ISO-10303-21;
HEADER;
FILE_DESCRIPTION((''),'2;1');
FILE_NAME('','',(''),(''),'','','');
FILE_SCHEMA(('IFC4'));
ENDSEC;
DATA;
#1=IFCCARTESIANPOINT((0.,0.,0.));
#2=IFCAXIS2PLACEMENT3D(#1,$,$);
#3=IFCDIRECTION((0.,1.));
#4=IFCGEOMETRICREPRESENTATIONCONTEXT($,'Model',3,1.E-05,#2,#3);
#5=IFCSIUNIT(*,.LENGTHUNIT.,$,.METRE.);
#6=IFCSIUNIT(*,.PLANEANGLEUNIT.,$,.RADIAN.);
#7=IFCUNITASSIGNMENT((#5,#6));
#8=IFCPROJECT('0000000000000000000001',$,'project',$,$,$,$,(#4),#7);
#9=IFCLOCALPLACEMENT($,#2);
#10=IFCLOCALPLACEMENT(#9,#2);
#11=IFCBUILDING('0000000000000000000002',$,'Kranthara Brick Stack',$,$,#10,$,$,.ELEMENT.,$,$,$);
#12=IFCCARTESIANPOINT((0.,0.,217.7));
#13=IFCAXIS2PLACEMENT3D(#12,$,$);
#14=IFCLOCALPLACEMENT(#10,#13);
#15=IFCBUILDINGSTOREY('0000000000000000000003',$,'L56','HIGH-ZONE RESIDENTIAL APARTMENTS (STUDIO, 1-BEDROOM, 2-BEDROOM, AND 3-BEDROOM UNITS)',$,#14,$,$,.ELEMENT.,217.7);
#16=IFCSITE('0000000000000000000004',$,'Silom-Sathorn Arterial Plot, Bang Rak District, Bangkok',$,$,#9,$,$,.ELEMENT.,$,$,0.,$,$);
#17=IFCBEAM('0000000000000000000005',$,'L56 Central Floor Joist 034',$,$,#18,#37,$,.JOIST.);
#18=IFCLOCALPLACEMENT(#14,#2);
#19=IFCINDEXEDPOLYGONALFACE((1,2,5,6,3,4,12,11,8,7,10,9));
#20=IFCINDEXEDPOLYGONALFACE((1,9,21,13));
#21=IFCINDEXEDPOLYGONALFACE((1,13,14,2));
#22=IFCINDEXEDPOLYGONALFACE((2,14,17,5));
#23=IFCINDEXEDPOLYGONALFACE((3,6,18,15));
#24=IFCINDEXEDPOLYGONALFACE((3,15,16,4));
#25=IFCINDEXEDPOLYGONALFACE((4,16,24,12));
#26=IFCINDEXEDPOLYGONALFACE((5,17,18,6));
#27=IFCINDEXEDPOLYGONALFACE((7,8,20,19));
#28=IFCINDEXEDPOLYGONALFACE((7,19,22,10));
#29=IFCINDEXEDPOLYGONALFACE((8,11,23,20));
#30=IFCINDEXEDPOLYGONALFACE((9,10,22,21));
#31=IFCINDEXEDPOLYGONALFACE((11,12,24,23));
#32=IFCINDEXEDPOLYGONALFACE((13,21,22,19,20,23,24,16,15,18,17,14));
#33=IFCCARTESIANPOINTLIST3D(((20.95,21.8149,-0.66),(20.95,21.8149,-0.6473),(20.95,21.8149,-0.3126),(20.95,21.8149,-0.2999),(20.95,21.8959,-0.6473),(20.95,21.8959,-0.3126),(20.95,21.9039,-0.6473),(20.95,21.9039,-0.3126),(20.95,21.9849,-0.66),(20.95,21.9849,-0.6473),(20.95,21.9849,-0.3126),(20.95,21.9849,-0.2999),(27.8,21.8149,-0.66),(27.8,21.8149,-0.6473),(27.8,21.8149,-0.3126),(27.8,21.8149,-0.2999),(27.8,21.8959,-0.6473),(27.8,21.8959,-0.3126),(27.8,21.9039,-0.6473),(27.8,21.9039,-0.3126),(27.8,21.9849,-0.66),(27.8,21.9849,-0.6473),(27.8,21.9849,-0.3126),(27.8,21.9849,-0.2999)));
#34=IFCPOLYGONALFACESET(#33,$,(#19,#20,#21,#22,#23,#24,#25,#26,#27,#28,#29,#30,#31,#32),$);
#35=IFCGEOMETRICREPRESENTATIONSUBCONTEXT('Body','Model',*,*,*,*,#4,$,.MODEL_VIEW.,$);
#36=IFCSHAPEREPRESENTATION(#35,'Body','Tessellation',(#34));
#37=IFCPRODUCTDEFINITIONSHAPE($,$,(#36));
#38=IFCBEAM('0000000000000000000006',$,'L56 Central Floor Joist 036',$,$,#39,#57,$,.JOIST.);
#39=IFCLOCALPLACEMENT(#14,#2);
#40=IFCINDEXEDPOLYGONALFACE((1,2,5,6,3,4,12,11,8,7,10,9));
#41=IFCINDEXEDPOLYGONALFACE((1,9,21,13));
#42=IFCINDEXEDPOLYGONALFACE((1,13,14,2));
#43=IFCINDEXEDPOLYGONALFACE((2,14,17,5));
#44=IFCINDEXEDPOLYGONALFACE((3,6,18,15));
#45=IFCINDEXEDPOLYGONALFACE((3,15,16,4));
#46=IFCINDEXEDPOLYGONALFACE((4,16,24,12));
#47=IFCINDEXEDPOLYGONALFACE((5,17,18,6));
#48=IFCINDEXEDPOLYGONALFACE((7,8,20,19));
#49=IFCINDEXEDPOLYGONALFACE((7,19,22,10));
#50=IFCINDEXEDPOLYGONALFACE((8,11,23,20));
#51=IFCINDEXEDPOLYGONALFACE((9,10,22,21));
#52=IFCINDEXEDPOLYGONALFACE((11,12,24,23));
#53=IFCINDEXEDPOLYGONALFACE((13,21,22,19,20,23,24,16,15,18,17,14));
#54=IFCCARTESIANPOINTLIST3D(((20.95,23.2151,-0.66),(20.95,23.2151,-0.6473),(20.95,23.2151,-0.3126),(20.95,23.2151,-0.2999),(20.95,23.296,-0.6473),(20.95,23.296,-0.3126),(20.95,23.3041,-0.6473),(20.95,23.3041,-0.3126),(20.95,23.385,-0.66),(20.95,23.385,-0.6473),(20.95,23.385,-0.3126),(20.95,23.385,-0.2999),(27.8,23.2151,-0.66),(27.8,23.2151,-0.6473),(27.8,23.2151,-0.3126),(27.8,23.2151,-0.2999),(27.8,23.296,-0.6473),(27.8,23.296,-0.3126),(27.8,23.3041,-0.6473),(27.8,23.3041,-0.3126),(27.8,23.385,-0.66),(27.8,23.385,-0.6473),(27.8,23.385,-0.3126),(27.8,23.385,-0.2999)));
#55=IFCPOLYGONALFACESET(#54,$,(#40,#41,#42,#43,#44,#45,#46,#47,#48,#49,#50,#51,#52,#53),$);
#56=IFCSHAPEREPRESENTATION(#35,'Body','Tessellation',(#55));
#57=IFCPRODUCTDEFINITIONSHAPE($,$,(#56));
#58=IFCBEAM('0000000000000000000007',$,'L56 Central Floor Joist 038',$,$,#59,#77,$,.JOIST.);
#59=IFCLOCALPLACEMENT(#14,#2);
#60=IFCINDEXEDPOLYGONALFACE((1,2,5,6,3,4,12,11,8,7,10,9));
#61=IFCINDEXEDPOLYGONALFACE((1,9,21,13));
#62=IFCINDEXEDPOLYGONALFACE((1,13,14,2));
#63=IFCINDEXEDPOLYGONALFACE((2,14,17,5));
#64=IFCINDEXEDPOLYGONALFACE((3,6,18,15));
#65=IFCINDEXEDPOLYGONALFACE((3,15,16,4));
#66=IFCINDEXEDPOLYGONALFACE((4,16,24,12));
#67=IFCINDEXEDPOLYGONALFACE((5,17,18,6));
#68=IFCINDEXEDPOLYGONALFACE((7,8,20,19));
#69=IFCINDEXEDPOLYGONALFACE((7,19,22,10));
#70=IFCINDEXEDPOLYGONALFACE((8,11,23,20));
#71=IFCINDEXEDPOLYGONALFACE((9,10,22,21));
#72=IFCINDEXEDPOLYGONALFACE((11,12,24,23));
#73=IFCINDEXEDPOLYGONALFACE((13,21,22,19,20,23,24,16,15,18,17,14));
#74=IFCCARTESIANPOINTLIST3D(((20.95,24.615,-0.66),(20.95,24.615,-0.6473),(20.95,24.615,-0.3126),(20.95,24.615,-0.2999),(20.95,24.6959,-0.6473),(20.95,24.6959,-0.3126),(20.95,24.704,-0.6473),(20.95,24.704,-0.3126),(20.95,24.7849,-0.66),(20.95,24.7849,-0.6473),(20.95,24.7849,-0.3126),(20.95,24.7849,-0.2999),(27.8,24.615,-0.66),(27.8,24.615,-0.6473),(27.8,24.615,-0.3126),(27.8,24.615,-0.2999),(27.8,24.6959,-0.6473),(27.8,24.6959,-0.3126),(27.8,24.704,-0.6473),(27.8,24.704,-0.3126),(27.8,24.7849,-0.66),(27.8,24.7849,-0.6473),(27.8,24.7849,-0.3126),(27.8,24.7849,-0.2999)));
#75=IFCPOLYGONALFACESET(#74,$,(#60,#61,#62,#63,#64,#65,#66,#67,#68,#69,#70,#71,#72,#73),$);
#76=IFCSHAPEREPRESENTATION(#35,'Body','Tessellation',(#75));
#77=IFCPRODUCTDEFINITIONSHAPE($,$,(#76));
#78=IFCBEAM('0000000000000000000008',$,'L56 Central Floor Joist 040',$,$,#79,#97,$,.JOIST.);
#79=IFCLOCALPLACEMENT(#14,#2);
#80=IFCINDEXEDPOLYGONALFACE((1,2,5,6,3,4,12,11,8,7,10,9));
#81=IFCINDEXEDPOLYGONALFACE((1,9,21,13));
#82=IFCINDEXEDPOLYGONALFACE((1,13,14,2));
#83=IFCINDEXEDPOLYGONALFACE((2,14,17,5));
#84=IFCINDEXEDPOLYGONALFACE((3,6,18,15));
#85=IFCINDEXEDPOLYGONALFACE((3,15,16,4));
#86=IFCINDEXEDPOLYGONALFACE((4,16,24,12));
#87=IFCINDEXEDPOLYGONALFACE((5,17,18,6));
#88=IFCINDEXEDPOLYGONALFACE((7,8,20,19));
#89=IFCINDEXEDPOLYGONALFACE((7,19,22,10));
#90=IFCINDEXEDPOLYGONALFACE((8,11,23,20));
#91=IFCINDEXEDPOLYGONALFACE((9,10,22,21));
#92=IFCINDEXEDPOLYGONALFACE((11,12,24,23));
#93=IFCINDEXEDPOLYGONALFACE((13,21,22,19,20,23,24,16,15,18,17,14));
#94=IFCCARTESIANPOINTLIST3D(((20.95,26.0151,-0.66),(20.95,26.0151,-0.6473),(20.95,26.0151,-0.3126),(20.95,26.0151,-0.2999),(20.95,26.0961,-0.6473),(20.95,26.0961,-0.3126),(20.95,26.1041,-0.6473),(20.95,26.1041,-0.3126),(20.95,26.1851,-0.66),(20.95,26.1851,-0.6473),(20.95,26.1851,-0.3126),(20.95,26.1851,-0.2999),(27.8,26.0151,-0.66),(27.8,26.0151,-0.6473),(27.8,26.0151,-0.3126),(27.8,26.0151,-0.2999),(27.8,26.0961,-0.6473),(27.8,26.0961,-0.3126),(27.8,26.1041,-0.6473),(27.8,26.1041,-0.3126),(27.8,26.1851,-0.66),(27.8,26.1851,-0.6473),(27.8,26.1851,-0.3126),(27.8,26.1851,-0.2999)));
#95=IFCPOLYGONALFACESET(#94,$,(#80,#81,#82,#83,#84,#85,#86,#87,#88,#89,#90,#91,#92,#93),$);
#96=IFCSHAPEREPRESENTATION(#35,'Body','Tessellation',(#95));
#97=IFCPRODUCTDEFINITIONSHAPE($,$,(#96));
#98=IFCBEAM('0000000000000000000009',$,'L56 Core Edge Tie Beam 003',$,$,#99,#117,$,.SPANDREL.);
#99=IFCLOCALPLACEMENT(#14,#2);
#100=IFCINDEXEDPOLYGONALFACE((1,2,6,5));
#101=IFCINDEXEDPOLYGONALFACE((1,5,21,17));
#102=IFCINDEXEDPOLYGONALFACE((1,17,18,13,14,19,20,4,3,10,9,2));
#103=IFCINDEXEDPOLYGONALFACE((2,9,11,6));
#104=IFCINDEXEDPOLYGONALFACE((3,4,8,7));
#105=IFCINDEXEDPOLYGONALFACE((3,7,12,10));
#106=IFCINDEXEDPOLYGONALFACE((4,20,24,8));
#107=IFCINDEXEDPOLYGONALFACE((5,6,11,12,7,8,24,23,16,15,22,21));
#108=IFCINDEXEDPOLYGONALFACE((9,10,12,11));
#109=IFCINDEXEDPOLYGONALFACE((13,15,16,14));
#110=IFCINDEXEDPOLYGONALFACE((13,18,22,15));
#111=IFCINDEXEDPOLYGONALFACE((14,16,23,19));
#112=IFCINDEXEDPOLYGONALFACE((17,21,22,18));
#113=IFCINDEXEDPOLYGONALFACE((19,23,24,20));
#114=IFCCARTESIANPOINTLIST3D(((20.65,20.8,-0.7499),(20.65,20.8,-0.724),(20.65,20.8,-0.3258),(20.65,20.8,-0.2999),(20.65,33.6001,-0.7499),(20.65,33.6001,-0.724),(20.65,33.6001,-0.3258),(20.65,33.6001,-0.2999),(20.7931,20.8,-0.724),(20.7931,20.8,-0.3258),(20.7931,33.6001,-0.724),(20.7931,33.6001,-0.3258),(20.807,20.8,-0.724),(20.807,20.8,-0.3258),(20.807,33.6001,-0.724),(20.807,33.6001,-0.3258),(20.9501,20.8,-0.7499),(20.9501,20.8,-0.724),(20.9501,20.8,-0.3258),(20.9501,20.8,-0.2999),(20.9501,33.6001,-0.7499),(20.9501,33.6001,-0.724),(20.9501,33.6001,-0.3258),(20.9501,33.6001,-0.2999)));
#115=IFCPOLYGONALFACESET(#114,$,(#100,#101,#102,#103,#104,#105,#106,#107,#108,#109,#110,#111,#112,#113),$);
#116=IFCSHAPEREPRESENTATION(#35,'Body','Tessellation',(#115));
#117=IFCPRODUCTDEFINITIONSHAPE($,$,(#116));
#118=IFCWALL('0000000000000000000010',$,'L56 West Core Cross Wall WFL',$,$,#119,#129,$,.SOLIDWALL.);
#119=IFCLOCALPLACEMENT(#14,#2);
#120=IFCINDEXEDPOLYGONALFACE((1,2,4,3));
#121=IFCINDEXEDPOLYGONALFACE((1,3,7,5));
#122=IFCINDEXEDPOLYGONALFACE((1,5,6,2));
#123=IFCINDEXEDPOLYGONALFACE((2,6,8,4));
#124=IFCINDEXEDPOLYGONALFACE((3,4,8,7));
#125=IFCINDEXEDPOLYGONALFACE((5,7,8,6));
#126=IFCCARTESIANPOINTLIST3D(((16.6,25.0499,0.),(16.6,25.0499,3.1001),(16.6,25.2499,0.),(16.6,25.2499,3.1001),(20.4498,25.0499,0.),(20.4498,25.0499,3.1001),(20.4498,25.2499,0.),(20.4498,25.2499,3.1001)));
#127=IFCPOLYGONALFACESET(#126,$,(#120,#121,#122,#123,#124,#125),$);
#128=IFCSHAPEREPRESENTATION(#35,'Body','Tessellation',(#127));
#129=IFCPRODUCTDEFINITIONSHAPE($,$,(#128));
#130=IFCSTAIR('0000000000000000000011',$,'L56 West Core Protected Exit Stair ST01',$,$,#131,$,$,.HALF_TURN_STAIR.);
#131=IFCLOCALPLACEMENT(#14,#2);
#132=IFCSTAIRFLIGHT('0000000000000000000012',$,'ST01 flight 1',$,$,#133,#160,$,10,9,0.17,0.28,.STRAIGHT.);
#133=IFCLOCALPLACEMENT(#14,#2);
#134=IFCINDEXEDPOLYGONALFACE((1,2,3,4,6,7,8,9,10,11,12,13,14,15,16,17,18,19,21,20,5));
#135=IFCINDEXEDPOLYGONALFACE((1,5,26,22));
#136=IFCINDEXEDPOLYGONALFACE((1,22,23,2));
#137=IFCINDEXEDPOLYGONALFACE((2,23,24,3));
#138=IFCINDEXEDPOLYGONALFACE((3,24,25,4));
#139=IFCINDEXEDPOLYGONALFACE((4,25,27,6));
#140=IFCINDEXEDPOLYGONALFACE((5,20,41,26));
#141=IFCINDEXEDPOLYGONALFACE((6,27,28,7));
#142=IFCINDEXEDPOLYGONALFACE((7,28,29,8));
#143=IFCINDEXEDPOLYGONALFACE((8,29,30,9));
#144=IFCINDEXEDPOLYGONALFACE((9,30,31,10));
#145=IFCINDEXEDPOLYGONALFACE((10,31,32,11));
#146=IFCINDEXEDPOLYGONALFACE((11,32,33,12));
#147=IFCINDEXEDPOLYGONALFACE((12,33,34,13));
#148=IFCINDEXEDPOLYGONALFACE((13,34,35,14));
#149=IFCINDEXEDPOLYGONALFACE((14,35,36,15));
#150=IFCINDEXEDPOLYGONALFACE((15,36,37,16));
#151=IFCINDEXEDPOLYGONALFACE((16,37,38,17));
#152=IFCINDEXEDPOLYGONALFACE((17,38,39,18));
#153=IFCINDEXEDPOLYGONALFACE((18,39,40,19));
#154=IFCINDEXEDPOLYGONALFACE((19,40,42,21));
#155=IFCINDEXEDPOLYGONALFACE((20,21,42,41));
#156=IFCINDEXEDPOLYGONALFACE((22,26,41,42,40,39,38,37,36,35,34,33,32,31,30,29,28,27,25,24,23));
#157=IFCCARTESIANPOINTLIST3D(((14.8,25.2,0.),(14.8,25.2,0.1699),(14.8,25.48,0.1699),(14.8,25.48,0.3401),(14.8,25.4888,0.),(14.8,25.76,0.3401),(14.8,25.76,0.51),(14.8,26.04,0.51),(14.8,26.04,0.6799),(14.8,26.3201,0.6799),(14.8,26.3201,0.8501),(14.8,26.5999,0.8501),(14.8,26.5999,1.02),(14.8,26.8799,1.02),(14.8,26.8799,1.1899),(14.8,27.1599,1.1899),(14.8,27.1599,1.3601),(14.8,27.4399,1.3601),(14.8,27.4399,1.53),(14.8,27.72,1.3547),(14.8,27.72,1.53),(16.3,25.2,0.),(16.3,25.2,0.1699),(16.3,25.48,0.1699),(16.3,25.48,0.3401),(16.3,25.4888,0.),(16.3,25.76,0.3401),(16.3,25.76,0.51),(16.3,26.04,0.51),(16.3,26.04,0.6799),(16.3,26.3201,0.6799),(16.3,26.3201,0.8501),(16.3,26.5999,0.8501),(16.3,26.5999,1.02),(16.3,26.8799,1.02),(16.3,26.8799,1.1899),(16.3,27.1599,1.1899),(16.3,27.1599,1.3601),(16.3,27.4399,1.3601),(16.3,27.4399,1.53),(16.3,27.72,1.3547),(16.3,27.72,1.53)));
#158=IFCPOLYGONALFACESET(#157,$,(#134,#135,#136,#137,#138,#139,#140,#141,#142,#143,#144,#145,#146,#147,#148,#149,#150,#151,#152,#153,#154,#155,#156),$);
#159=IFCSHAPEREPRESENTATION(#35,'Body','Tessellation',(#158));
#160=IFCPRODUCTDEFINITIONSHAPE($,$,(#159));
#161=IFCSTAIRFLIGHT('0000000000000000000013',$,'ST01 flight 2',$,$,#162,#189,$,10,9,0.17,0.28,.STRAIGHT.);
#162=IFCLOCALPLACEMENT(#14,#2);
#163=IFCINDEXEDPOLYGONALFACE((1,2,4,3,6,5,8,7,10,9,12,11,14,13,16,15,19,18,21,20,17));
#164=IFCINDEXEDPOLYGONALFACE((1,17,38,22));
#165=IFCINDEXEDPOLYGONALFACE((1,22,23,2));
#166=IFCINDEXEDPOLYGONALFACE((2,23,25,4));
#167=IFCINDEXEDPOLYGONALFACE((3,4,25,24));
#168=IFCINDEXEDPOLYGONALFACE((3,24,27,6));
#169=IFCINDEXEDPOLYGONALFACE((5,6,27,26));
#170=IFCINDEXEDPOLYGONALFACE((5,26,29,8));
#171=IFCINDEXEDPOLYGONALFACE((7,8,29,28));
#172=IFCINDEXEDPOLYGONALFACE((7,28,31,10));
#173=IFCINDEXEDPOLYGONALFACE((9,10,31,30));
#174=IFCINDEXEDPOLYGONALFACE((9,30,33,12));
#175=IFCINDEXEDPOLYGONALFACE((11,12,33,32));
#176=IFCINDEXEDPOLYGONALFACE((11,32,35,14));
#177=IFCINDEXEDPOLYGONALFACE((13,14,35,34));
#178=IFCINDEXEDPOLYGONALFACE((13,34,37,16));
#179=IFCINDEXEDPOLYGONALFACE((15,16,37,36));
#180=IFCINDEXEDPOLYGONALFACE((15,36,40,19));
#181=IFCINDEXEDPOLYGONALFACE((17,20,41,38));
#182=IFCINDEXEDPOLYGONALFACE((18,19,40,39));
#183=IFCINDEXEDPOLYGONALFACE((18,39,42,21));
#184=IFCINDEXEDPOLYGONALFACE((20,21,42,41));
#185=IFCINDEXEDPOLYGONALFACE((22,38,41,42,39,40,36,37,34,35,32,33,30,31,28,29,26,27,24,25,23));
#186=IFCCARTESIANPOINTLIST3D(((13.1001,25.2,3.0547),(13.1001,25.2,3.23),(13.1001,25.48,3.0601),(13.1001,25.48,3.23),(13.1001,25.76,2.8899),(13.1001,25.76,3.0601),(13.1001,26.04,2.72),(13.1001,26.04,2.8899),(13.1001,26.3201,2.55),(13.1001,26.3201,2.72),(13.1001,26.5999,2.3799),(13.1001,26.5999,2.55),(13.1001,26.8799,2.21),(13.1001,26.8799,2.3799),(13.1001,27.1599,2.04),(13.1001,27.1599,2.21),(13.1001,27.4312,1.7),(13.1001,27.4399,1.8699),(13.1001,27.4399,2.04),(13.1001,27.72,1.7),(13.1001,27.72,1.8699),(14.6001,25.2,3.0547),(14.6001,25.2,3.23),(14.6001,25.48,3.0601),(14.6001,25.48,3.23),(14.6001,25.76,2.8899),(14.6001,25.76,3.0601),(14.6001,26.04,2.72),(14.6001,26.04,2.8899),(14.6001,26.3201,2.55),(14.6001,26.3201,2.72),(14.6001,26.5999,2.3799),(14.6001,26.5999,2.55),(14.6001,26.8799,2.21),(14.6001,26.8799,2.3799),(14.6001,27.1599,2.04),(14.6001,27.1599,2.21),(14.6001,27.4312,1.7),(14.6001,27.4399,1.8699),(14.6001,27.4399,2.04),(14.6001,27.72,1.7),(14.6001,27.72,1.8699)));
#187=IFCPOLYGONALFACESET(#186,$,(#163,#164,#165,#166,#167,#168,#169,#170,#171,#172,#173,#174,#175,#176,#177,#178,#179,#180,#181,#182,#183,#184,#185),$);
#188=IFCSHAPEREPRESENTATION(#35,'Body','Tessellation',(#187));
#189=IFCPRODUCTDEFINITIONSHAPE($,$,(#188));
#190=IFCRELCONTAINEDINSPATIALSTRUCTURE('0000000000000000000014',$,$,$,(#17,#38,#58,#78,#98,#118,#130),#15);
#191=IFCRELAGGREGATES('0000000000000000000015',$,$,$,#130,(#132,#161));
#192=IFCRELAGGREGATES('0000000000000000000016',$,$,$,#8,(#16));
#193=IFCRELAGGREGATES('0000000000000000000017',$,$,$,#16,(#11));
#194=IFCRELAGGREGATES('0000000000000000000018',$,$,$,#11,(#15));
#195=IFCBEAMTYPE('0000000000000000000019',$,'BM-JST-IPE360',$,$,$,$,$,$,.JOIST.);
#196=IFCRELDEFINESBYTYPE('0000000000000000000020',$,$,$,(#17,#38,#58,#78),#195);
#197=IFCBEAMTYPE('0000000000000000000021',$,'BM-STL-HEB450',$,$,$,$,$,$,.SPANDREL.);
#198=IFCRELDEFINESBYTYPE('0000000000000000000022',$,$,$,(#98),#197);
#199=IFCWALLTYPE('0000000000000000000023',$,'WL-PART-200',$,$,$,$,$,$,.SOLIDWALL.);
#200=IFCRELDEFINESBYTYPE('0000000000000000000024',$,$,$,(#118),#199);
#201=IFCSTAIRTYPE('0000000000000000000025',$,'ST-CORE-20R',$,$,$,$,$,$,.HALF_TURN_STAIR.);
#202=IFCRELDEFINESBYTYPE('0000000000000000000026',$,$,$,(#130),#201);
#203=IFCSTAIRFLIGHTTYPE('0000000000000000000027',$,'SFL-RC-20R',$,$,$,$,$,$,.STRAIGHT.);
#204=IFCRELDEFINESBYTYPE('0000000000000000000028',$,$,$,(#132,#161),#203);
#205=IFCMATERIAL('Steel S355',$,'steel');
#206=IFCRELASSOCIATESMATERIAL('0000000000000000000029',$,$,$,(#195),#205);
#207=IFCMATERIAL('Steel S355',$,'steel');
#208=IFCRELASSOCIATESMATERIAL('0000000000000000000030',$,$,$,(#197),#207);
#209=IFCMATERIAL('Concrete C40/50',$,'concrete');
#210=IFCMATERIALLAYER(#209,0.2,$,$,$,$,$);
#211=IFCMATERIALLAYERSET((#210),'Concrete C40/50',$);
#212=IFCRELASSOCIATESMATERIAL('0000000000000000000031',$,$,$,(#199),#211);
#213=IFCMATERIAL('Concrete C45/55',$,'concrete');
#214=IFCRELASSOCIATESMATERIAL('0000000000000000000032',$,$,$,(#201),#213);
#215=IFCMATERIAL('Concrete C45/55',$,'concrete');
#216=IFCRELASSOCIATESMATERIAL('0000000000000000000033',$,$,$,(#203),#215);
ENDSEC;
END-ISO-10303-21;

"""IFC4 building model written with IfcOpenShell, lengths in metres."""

from ifc_helpers import new_model, si_unit, direction, frame, frame_2d, origin, origin_2d, place, context, subcontext, project, spatial, polyline, rectangle, i_section, outline, extrude, material, layer, layer_set, material_profile, profile_set, type_object, element, aggregate, save


model = new_model("IFC4")

# Units and contexts
model_context = context("Model", 3, precision=1e-05, world=origin(), true_north=direction((0.0, 1.0)))
body_context = subcontext(model_context, "Body", "Model", "MODEL_VIEW")
ifc_project = project(units=[si_unit("LENGTHUNIT", "METRE"), si_unit("PLANEANGLEUNIT", "RADIAN")], contexts=[model_context])

# Site, building, storey
site_placement = place(None, origin())
site = spatial("IfcSite", under=ifc_project, at=site_placement, Name="Silom-Sathorn Arterial Plot, Bang Rak District, Bangkok", CompositionType="ELEMENT", RefElevation=0.0)
building_placement = place(site_placement, origin())
building = spatial("IfcBuilding", under=site, at=building_placement, Name="Kranthara Brick Stack", CompositionType="ELEMENT")
storey_placement = place(building_placement, frame((0.0, 0.0, 217.7)))
storey = spatial("IfcBuildingStorey", under=building, at=storey_placement, Name="L56", Description="HIGH-ZONE RESIDENTIAL APARTMENTS (STUDIO, 1-BEDROOM, 2-BEDROOM, AND 3-BEDROOM UNITS)", CompositionType="ELEMENT", Elevation=217.7)

# Beams
ifc_material_1 = material(Name="Steel S355", Category="steel")
ifc_material_profile_1 = material_profile(ifc_material_1, i_section(OverallWidth=0.1699, OverallDepth=0.3601, WebThickness=0.0081, FlangeThickness=0.0127, at=origin_2d()), Name="IPE 360")
ifc_profile_set_1 = profile_set([ifc_material_profile_1], Name="Steel S355")
beam_type_1 = type_object("IfcBeamType", Name="BM-JST-IPE360", PredefinedType="JOIST", material=ifc_profile_set_1)
for number, where, z_axis, x_axis, name in (
    (1, (20.95, 21.8999, -0.48), (1.0, 0.0, 0.0), (0.0, 1.0, 0.0), "L56 Central Floor Joist 034"),
    (2, (20.95, 23.3, -0.48), (1.0, 0.0, 0.0), (0.0, 1.0, 0.0), "L56 Central Floor Joist 036"),
    (3, (20.95, 24.7, -0.48), (1.0, 0.0, 0.0), (0.0, 1.0, 0.0), "L56 Central Floor Joist 038"),
    (4, (20.95, 26.1001, -0.48), (1.0, 0.0, 0.0), (0.0, 1.0, 0.0), "L56 Central Floor Joist 040"),
):
    element("IfcBeam", number, at=place(storey_placement, frame(where, z_axis=z_axis, x_axis=x_axis)), inside=storey, type_object=beam_type_1, Name=name, PredefinedType="JOIST", context=body_context, shape_type="SweptSolid", body=[
        extrude(i_section(OverallWidth=0.1699, OverallDepth=0.3601, WebThickness=0.0081, FlangeThickness=0.0127, at=origin_2d()), origin(), (0.0, 0.0, 1.0), 6.8501),
    ])
ifc_material_2 = material(Name="Steel S355", Category="steel")
ifc_material_profile_2 = material_profile(ifc_material_2, i_section(OverallWidth=0.3, OverallDepth=0.45, WebThickness=0.0139, FlangeThickness=0.0259, at=origin_2d()), Name="HEB 450")
ifc_profile_set_2 = profile_set([ifc_material_profile_2], Name="Steel S355")
beam_type_2 = type_object("IfcBeamType", Name="BM-STL-HEB450", PredefinedType="SPANDREL", material=ifc_profile_set_2)
beam_placement = place(storey_placement, frame((20.8, 20.8, -0.5249), z_axis=(0.0, 1.0, 0.0), x_axis=(-1.0, 0.0, 0.0)))
element("IfcBeam", 5, at=beam_placement, inside=storey, type_object=beam_type_2, Name="L56 Core Edge Tie Beam 003", PredefinedType="SPANDREL", context=body_context, shape_type="SweptSolid", body=[
    extrude(i_section(OverallWidth=0.3, OverallDepth=0.45, WebThickness=0.0139, FlangeThickness=0.0259, at=origin_2d()), origin(), (0.0, 0.0, 1.0), 12.8),
])

# Wall
ifc_material_3 = material(Name="Concrete C40/50", Category="concrete")
ifc_layer_1 = layer(ifc_material_3, 0.2)
ifc_layer_set_1 = layer_set([ifc_layer_1], Name="Concrete C40/50")
wall_type_1 = type_object("IfcWallType", Name="WL-PART-200", PredefinedType="SOLIDWALL", material=ifc_layer_set_1)
wall_1_placement = place(storey_placement, frame((16.6001, 25.1499, 0.0), z_axis=(0.0, 0.0, 1.0), x_axis=(1.0, 0.0, 0.0)))
element("IfcWall", 6, at=wall_1_placement, inside=storey, type_object=wall_type_1, Name="L56 West Core Cross Wall WFL", PredefinedType="SOLIDWALL", context=body_context, shape_type="SweptSolid", body=[
    extrude(rectangle(XDim=3.8499, YDim=0.2, at=frame_2d((1.9248, 0.0))), origin(), (0.0, 0.0, 1.0), 3.1001),
])

# Stair, stair flights
ifc_material_4 = material(Name="Concrete C45/55", Category="concrete")
stair_type = type_object("IfcStairType", Name="ST-CORE-20R", PredefinedType="HALF_TURN_STAIR", material=ifc_material_4)
stair_placement = place(storey_placement, origin())
stair = element("IfcStair", 7, at=stair_placement, inside=storey, type_object=stair_type, Name="L56 West Core Protected Exit Stair ST01", PredefinedType="HALF_TURN_STAIR")
ifc_material_5 = material(Name="Concrete C45/55", Category="concrete")
stair_flight_type = type_object("IfcStairFlightType", Name="SFL-RC-20R", PredefinedType="STRAIGHT", material=ifc_material_5)
stair_flight_1_placement = place(storey_placement, frame((15.55, 25.2, 0.0), z_axis=(0.0, 0.0, 1.0), x_axis=(0.0, 1.0, 0.0)))
stair_flight_1 = element("IfcStairFlight", 8, at=stair_flight_1_placement, type_object=stair_flight_type, Name="ST01 flight 1", NumberOfRisers=10, NumberOfTreads=9, PredefinedType="STRAIGHT", RiserHeight=0.17, TreadLength=0.28, context=body_context, shape_type="SweptSolid", body=[
    extrude(outline(polyline([(0.0, 0.0), (0.0, 0.1699), (0.28, 0.1699), (0.28, 0.3401), (0.5601, 0.3401), (0.5601, 0.51), (0.8401, 0.51), (0.8401, 0.6799), (1.1201, 0.6799), (1.1201, 0.8501), (1.3999, 0.8501), (1.3999, 1.02), (1.6799, 1.02), (1.6799, 1.1899), (1.96, 1.1899), (1.96, 1.3601), (2.24, 1.3601), (2.24, 1.53), (2.52, 1.53), (2.52, 1.7), (2.52, 1.3547), (0.2888, 0.0), (0.0, 0.0)])), frame((0.0, 0.75, 0.0), z_axis=(0.0, -1.0, 0.0), x_axis=(1.0, 0.0, 0.0)), (0.0, 0.0, 1.0), 1.5),
])
stair_flight_2_placement = place(storey_placement, frame((13.8501, 27.72, 1.7), z_axis=(0.0, 0.0, 1.0), x_axis=(0.0, -1.0, 0.0)))
stair_flight_2 = element("IfcStairFlight", 9, at=stair_flight_2_placement, type_object=stair_flight_type, Name="ST01 flight 2", NumberOfRisers=10, NumberOfTreads=9, PredefinedType="STRAIGHT", RiserHeight=0.17, TreadLength=0.28, context=body_context, shape_type="SweptSolid", body=[
    extrude(outline(polyline([(0.0, 0.0), (0.0, 0.1699), (0.28, 0.1699), (0.28, 0.3401), (0.5601, 0.3401), (0.5601, 0.51), (0.8401, 0.51), (0.8401, 0.6799), (1.1201, 0.6799), (1.1201, 0.8501), (1.3999, 0.8501), (1.3999, 1.02), (1.6799, 1.02), (1.6799, 1.1899), (1.96, 1.1899), (1.96, 1.3601), (2.24, 1.3601), (2.24, 1.53), (2.52, 1.53), (2.52, 1.7), (2.52, 1.3547), (0.2888, 0.0), (0.0, 0.0)])), frame((0.0, 0.75, 0.0), z_axis=(0.0, -1.0, 0.0), x_axis=(1.0, 0.0, 0.0)), (0.0, 0.0, 1.0), 1.5),
])
aggregate(stair, [stair_flight_1, stair_flight_2])

save(model, "model.ifc")
